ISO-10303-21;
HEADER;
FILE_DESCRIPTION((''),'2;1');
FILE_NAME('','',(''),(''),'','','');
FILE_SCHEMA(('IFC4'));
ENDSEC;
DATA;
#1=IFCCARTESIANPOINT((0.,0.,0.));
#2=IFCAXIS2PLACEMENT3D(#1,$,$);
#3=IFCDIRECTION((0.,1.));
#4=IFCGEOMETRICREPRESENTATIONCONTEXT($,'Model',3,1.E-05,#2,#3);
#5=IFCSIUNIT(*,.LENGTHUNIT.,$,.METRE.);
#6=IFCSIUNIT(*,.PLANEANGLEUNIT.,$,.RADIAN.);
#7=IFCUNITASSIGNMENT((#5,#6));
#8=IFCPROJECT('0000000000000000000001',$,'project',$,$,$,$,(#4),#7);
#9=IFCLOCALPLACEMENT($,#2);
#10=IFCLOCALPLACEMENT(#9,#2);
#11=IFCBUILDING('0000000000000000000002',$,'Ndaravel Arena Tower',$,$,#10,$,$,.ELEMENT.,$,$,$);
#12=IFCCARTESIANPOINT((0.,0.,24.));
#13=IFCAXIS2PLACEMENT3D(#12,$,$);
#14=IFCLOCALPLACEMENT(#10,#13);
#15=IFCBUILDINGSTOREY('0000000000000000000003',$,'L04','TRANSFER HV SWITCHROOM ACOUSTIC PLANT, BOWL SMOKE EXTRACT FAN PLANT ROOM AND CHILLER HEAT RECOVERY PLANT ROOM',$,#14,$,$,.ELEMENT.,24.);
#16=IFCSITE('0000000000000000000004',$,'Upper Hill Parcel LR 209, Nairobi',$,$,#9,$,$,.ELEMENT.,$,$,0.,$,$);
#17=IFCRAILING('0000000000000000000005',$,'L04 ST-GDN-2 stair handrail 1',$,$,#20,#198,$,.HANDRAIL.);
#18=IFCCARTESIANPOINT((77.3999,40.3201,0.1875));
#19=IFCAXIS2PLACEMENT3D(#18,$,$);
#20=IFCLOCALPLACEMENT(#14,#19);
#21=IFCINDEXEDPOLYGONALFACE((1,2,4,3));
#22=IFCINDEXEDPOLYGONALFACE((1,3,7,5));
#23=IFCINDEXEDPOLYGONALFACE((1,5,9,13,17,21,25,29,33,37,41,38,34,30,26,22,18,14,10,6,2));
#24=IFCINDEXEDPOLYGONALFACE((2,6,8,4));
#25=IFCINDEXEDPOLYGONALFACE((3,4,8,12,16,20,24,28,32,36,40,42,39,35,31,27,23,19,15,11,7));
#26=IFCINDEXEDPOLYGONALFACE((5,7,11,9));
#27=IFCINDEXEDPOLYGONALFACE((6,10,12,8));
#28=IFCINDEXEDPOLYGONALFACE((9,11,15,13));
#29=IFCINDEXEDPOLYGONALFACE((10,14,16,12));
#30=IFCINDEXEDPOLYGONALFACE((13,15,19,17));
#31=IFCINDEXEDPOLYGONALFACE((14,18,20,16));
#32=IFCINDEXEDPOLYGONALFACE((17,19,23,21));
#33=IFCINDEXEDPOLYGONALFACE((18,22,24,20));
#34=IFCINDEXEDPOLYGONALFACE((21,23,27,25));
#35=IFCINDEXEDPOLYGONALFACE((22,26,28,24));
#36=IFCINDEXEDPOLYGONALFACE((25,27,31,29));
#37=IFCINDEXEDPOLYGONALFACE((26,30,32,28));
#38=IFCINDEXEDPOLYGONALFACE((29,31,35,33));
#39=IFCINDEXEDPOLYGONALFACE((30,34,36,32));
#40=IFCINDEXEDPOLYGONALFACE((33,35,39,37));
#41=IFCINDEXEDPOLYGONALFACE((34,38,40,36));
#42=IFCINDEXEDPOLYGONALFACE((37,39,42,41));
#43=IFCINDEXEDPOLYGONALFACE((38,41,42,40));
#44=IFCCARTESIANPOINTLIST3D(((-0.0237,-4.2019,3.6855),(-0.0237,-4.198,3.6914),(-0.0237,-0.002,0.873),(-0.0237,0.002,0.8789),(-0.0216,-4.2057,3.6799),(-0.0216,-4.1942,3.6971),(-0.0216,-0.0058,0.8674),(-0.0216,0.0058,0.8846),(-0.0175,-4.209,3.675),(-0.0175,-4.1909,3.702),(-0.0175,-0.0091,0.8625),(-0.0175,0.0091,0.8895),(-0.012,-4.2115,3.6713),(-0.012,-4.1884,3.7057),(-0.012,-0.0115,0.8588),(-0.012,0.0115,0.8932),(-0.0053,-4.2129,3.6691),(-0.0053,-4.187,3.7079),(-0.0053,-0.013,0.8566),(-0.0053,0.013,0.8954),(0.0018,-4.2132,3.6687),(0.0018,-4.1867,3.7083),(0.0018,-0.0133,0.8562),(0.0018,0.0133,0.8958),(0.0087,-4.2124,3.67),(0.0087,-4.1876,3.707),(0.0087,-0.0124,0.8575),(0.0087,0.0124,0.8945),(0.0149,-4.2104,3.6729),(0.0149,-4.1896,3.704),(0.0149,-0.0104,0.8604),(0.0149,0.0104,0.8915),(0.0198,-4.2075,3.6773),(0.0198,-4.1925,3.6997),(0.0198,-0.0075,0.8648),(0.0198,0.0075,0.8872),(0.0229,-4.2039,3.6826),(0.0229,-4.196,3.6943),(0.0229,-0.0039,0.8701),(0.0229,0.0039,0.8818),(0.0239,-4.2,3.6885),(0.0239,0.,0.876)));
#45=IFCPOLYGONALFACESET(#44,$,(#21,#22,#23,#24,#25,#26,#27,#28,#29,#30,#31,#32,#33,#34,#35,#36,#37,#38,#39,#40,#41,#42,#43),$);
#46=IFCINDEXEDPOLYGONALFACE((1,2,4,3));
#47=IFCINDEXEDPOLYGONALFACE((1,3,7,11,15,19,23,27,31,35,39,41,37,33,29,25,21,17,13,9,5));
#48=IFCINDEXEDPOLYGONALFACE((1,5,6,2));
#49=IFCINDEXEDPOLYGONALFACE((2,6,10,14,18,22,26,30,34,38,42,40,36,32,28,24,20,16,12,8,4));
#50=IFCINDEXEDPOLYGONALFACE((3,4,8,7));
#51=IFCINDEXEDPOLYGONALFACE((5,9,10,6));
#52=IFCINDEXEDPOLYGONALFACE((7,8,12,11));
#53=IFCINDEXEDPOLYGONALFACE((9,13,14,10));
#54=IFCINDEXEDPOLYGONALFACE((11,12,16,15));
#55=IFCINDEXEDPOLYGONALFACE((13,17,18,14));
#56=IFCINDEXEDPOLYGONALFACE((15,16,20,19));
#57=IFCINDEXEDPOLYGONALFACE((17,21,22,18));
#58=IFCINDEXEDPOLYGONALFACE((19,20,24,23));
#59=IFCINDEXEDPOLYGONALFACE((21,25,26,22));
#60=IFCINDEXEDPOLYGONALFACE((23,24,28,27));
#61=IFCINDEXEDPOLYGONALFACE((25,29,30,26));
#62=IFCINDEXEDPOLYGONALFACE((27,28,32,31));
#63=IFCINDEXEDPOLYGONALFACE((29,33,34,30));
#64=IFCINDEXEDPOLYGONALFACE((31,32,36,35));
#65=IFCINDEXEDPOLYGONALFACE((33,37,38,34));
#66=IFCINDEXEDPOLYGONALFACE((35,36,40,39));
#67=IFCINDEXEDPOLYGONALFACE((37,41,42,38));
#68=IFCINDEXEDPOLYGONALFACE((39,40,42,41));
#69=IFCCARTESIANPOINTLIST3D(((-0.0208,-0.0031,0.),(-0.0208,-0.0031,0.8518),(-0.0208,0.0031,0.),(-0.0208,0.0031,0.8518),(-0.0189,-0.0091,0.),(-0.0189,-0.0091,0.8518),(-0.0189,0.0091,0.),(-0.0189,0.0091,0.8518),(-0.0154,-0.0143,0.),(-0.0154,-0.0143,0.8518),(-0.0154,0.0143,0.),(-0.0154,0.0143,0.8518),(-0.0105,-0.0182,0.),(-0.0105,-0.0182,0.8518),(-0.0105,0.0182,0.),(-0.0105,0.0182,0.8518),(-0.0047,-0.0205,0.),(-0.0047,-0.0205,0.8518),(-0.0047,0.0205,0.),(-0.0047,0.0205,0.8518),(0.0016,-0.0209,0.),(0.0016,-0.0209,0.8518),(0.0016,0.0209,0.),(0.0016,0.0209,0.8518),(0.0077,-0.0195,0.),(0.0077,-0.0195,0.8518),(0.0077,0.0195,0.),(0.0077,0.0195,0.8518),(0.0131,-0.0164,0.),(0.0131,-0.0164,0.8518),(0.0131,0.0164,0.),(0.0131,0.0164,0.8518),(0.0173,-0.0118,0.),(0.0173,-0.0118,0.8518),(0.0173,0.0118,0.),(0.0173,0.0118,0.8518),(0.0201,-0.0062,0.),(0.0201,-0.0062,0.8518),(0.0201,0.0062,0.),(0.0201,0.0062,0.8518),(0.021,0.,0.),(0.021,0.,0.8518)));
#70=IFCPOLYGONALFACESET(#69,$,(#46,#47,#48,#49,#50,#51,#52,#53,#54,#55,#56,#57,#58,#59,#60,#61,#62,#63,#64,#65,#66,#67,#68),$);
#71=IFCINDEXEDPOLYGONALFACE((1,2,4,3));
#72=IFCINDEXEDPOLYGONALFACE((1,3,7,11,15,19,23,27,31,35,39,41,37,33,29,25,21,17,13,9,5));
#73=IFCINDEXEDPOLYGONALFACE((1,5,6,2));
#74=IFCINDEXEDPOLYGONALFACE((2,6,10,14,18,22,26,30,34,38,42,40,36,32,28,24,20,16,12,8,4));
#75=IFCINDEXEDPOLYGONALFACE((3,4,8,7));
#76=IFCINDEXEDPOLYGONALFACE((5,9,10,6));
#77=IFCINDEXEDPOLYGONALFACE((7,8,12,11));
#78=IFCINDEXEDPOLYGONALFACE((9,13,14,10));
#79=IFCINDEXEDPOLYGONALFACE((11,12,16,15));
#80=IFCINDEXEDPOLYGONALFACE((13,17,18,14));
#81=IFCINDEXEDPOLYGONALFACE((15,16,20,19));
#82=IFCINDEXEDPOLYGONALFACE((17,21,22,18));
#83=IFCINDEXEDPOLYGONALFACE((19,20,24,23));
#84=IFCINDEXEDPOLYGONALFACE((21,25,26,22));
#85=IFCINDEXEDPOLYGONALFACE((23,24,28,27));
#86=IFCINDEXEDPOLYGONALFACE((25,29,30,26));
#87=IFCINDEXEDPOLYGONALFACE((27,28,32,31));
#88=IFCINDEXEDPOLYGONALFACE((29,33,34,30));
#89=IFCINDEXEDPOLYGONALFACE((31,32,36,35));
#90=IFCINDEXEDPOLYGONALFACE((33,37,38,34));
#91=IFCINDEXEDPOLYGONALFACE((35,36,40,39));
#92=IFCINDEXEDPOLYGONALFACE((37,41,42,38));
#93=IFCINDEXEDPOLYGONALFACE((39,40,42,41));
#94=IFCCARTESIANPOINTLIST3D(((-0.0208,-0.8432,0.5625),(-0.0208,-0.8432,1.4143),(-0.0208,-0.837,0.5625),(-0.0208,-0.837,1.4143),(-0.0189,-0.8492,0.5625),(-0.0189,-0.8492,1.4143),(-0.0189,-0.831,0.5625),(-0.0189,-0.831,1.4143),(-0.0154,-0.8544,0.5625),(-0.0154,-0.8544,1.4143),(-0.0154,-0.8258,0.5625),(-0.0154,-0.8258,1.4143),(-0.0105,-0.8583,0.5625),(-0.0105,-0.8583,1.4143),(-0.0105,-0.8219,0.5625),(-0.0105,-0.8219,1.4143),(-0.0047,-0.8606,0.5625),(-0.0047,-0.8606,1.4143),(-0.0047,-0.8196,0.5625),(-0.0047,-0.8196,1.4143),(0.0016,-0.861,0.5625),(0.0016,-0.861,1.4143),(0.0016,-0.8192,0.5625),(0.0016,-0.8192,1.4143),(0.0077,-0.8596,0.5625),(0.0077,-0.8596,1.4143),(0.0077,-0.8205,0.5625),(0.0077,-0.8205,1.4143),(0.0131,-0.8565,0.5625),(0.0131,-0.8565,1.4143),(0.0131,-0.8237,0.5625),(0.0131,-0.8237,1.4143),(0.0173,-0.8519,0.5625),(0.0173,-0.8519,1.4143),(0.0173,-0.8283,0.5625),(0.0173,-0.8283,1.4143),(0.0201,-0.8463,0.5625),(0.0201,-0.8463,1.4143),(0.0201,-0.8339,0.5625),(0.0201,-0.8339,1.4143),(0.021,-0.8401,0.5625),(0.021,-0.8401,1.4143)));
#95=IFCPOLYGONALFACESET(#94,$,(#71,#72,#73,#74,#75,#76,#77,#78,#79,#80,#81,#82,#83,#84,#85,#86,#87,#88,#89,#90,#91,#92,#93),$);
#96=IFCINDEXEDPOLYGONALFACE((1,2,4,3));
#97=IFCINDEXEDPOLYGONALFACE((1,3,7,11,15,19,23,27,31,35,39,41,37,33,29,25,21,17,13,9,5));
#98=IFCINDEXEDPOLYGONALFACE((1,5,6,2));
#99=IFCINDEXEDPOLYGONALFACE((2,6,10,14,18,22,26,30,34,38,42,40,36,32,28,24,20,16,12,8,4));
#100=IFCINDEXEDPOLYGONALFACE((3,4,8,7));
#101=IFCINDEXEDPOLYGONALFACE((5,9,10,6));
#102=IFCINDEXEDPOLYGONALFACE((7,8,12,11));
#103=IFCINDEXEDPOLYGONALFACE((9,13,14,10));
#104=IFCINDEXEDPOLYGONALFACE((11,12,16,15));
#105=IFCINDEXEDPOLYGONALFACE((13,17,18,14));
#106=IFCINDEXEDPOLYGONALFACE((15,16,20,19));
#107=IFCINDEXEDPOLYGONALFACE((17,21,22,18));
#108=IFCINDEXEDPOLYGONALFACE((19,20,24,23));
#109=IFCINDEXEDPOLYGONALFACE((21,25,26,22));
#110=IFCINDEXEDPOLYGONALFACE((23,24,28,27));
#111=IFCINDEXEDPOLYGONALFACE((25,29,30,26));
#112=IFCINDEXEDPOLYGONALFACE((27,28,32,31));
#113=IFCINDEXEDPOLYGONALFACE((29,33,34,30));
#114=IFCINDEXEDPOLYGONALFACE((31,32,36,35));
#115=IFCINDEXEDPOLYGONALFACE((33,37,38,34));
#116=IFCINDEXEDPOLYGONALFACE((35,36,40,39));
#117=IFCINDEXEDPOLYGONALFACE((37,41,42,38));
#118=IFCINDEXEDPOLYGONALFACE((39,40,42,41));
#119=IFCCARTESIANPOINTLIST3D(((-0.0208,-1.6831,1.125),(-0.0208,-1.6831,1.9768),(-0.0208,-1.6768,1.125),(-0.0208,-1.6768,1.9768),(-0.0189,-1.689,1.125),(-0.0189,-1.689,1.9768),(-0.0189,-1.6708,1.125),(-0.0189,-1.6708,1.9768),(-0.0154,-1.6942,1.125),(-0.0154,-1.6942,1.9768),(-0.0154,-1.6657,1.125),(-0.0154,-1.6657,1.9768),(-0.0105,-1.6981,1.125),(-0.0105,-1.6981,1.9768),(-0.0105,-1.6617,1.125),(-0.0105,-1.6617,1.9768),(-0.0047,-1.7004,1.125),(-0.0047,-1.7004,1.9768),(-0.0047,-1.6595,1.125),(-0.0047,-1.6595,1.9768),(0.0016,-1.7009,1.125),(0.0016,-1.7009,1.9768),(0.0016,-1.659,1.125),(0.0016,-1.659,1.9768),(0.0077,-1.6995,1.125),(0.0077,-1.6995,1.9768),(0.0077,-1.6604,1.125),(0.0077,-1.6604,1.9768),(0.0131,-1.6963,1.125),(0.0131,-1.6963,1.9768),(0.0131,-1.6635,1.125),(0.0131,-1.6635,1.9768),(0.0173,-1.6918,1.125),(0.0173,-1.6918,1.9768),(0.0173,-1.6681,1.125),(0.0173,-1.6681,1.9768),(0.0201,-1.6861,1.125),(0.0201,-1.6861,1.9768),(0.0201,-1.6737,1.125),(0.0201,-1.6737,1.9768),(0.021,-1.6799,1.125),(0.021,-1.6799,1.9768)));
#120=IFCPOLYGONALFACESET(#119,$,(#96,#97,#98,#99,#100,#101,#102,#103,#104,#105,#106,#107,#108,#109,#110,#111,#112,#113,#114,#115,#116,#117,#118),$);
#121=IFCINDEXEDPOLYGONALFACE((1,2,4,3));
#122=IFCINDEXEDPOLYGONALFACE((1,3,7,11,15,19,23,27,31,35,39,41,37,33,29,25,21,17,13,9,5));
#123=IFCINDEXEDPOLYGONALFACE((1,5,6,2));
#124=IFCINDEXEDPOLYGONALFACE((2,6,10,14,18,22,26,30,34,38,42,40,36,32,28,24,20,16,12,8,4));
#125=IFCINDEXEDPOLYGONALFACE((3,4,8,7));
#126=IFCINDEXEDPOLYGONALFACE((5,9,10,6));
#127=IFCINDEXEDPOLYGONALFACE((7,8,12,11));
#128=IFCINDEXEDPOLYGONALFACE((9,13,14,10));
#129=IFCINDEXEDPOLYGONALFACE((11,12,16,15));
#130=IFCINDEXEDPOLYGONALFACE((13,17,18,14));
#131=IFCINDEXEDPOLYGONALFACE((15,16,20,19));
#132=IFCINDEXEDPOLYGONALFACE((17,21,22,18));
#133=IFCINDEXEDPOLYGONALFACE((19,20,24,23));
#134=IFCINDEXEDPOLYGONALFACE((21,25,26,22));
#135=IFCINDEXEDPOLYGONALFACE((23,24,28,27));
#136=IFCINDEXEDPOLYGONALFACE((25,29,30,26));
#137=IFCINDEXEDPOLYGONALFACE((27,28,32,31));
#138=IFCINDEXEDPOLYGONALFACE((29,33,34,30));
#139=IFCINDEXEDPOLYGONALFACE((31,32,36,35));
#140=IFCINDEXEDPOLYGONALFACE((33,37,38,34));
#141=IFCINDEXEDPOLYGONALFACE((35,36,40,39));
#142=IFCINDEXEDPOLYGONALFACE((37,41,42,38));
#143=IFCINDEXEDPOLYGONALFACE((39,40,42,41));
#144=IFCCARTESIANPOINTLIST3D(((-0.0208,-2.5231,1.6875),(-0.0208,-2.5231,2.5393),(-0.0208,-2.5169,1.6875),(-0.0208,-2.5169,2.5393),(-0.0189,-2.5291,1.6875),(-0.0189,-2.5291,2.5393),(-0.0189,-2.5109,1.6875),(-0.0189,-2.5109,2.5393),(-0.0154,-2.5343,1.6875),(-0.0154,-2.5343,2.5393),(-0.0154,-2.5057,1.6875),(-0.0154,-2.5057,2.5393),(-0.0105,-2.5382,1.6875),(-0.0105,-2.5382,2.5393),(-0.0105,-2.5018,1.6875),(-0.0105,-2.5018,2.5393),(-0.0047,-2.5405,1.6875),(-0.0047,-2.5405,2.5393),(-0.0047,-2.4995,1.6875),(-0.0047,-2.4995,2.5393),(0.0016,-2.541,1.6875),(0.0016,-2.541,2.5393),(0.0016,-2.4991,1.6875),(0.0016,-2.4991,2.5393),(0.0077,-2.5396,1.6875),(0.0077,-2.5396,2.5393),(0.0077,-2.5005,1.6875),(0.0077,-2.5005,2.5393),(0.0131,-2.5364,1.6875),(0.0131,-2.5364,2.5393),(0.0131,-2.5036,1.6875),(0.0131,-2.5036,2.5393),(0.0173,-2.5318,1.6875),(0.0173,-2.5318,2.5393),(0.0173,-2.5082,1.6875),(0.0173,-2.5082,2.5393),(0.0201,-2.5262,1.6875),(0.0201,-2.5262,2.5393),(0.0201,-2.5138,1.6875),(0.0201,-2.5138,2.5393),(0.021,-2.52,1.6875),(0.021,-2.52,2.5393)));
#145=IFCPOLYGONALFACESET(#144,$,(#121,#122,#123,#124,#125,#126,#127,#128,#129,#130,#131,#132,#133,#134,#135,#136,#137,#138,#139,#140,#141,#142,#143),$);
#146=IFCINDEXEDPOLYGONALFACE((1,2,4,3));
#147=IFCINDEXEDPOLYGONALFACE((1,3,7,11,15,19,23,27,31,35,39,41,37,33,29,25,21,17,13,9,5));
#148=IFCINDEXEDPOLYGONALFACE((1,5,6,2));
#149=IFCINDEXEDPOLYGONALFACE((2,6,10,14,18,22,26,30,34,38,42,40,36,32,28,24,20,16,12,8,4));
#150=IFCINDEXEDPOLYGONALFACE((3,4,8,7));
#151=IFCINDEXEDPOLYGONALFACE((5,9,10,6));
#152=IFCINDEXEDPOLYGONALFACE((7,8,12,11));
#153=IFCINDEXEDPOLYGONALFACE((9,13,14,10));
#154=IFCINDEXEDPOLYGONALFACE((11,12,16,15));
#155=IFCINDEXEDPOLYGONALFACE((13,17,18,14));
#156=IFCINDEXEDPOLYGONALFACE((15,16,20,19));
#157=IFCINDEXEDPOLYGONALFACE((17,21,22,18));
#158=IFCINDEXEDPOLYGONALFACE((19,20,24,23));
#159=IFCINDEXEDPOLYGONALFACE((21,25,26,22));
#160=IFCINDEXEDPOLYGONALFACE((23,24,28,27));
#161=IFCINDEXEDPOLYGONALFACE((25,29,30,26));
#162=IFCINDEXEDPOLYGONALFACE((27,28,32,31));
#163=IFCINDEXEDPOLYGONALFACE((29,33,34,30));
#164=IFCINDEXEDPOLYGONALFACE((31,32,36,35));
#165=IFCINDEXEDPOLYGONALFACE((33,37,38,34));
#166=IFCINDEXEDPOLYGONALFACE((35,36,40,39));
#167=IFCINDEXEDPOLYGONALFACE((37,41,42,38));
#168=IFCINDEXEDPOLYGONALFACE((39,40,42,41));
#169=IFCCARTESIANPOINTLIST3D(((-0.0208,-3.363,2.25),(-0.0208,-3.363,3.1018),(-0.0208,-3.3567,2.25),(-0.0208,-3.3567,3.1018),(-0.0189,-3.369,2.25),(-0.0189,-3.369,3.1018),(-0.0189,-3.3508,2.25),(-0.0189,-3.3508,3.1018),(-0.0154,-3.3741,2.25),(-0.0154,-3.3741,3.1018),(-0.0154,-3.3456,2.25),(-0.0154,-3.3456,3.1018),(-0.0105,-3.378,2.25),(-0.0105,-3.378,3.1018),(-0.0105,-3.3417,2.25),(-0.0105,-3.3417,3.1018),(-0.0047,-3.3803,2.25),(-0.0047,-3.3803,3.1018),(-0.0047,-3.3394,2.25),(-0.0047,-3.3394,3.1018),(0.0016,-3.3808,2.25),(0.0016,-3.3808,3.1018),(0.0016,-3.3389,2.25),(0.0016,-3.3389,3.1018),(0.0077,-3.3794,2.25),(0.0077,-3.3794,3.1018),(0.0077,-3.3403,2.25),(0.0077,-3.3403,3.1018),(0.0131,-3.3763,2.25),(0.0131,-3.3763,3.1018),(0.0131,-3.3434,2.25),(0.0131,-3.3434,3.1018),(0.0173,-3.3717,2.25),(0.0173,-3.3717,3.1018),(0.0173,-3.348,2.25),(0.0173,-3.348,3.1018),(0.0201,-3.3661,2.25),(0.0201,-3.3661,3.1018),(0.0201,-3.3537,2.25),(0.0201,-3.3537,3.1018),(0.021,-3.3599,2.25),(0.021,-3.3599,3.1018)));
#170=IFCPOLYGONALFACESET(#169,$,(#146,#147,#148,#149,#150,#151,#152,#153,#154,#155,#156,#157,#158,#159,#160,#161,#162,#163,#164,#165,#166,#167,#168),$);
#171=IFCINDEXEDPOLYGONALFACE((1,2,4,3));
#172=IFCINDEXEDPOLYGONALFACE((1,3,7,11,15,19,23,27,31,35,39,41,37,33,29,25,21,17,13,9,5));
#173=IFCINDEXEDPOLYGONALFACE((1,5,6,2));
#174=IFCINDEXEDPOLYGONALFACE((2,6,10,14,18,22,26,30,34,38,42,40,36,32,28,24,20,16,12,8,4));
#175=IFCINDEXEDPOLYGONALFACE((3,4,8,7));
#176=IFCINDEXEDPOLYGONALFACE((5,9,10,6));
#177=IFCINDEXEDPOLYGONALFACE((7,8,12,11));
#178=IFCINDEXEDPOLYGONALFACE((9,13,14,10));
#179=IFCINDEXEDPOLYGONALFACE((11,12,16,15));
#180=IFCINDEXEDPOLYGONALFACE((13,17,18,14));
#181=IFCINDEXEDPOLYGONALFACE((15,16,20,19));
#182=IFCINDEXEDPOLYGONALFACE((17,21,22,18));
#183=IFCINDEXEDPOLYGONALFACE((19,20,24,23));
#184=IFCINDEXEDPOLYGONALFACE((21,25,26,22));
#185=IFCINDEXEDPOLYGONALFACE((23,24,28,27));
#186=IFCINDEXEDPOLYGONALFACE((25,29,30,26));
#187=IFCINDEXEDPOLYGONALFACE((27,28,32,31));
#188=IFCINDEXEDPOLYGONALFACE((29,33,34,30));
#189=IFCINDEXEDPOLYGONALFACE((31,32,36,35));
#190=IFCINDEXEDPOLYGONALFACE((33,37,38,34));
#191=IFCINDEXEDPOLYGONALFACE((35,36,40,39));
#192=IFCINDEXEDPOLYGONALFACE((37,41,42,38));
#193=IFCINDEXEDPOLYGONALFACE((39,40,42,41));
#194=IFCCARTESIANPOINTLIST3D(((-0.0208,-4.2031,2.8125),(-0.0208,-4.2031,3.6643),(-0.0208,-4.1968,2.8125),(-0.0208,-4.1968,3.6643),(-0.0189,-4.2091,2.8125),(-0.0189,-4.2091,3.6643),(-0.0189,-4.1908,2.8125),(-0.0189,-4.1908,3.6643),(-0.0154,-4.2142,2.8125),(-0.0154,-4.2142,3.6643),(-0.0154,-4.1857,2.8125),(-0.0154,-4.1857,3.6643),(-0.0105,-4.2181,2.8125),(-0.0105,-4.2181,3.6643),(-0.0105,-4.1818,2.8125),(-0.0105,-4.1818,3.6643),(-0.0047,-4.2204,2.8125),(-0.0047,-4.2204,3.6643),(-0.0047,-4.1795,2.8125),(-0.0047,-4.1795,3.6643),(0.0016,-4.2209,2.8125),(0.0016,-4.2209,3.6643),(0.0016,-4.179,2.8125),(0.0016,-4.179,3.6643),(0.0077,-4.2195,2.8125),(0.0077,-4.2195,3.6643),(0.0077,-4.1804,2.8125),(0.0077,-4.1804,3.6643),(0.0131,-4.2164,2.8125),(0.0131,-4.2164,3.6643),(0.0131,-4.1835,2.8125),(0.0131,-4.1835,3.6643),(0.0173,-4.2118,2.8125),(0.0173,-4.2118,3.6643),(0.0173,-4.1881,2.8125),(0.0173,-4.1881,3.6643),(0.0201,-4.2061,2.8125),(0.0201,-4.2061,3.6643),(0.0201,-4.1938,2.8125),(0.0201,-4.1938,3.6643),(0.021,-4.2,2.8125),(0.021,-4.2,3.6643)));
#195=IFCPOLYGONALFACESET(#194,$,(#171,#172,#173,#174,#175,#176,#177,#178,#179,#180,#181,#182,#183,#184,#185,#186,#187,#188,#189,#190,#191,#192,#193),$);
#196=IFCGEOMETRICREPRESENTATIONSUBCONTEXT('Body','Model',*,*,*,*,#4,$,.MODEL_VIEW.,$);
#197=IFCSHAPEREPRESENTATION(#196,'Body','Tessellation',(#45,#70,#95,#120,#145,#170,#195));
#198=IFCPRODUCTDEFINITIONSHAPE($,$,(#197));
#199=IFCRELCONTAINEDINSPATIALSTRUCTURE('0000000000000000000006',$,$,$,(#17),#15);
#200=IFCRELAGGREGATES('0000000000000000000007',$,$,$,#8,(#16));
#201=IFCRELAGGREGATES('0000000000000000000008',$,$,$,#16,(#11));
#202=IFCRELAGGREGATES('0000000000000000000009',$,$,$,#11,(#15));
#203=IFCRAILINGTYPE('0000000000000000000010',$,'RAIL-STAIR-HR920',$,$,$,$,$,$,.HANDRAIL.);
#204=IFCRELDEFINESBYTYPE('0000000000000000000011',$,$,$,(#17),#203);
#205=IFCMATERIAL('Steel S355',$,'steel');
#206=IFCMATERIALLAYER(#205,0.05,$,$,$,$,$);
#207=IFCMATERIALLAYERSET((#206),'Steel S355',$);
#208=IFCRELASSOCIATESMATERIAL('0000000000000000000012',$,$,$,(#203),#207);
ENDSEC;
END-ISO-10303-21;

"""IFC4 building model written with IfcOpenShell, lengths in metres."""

from ifc_helpers import new_model, si_unit, direction, frame, origin, origin_2d, place, context, subcontext, project, spatial, circle, extrude, material, layer, layer_set, type_object, element, save


model = new_model("IFC4")

# Units and contexts
model_context = context("Model", 3, precision=1e-05, world=origin(), true_north=direction((0.0, 1.0)))
body_context = subcontext(model_context, "Body", "Model", "MODEL_VIEW")
ifc_project = project(units=[si_unit("LENGTHUNIT", "METRE"), si_unit("PLANEANGLEUNIT", "RADIAN")], contexts=[model_context])

# Site, building, storey
site_placement = place(None, origin())
site = spatial("IfcSite", under=ifc_project, at=site_placement, Name="Upper Hill Parcel LR 209, Nairobi", CompositionType="ELEMENT", RefElevation=0.0)
building_placement = place(site_placement, origin())
building = spatial("IfcBuilding", under=site, at=building_placement, Name="Ndaravel Arena Tower", CompositionType="ELEMENT")
storey_placement = place(building_placement, frame((0.0, 0.0, 24.0)))
storey = spatial("IfcBuildingStorey", under=building, at=storey_placement, Name="L04", Description="TRANSFER HV SWITCHROOM ACOUSTIC PLANT, BOWL SMOKE EXTRACT FAN PLANT ROOM AND CHILLER HEAT RECOVERY PLANT ROOM", CompositionType="ELEMENT", Elevation=24.0)

# Railing
ifc_material_1 = material(Name="Steel S355", Category="steel")
ifc_layer_1 = layer(ifc_material_1, 0.05)
ifc_layer_set_1 = layer_set([ifc_layer_1], Name="Steel S355")
railing_type_1 = type_object("IfcRailingType", Name="RAIL-STAIR-HR920", PredefinedType="HANDRAIL", material=ifc_layer_set_1)
railing_1_placement = place(storey_placement, frame((77.3999, 40.3201, 0.1875)))
element("IfcRailing", 1, at=railing_1_placement, inside=storey, type_object=railing_type_1, Name="L04 ST-GDN-2 stair handrail 1", PredefinedType="HANDRAIL", context=body_context, shape_type="SweptSolid", body=[
    extrude(circle(Radius=0.0239, at=origin_2d()), frame((0.0, 0.0, 0.876), z_axis=(0.0, -0.830904, 0.556416), x_axis=(1.0, 0.0, 0.0)), (0.0, 0.0, 1.0), 5.0547),
    extrude(circle(Radius=0.021, at=origin_2d()), origin(), (0.0, 0.0, 1.0), 0.8518),
    extrude(circle(Radius=0.021, at=origin_2d()), frame((0.0, -0.8401, 0.5625)), (0.0, 0.0, 1.0), 0.8518),
    extrude(circle(Radius=0.021, at=origin_2d()), frame((0.0, -1.6799, 1.125)), (0.0, 0.0, 1.0), 0.8518),
    extrude(circle(Radius=0.021, at=origin_2d()), frame((0.0, -2.52, 1.6875)), (0.0, 0.0, 1.0), 0.8518),
    extrude(circle(Radius=0.021, at=origin_2d()), frame((0.0, -3.3599, 2.25)), (0.0, 0.0, 1.0), 0.8518),
    extrude(circle(Radius=0.021, at=origin_2d()), frame((0.0, -4.2, 2.8125)), (0.0, 0.0, 1.0), 0.8518),
])

save(model, "model.ifc")
